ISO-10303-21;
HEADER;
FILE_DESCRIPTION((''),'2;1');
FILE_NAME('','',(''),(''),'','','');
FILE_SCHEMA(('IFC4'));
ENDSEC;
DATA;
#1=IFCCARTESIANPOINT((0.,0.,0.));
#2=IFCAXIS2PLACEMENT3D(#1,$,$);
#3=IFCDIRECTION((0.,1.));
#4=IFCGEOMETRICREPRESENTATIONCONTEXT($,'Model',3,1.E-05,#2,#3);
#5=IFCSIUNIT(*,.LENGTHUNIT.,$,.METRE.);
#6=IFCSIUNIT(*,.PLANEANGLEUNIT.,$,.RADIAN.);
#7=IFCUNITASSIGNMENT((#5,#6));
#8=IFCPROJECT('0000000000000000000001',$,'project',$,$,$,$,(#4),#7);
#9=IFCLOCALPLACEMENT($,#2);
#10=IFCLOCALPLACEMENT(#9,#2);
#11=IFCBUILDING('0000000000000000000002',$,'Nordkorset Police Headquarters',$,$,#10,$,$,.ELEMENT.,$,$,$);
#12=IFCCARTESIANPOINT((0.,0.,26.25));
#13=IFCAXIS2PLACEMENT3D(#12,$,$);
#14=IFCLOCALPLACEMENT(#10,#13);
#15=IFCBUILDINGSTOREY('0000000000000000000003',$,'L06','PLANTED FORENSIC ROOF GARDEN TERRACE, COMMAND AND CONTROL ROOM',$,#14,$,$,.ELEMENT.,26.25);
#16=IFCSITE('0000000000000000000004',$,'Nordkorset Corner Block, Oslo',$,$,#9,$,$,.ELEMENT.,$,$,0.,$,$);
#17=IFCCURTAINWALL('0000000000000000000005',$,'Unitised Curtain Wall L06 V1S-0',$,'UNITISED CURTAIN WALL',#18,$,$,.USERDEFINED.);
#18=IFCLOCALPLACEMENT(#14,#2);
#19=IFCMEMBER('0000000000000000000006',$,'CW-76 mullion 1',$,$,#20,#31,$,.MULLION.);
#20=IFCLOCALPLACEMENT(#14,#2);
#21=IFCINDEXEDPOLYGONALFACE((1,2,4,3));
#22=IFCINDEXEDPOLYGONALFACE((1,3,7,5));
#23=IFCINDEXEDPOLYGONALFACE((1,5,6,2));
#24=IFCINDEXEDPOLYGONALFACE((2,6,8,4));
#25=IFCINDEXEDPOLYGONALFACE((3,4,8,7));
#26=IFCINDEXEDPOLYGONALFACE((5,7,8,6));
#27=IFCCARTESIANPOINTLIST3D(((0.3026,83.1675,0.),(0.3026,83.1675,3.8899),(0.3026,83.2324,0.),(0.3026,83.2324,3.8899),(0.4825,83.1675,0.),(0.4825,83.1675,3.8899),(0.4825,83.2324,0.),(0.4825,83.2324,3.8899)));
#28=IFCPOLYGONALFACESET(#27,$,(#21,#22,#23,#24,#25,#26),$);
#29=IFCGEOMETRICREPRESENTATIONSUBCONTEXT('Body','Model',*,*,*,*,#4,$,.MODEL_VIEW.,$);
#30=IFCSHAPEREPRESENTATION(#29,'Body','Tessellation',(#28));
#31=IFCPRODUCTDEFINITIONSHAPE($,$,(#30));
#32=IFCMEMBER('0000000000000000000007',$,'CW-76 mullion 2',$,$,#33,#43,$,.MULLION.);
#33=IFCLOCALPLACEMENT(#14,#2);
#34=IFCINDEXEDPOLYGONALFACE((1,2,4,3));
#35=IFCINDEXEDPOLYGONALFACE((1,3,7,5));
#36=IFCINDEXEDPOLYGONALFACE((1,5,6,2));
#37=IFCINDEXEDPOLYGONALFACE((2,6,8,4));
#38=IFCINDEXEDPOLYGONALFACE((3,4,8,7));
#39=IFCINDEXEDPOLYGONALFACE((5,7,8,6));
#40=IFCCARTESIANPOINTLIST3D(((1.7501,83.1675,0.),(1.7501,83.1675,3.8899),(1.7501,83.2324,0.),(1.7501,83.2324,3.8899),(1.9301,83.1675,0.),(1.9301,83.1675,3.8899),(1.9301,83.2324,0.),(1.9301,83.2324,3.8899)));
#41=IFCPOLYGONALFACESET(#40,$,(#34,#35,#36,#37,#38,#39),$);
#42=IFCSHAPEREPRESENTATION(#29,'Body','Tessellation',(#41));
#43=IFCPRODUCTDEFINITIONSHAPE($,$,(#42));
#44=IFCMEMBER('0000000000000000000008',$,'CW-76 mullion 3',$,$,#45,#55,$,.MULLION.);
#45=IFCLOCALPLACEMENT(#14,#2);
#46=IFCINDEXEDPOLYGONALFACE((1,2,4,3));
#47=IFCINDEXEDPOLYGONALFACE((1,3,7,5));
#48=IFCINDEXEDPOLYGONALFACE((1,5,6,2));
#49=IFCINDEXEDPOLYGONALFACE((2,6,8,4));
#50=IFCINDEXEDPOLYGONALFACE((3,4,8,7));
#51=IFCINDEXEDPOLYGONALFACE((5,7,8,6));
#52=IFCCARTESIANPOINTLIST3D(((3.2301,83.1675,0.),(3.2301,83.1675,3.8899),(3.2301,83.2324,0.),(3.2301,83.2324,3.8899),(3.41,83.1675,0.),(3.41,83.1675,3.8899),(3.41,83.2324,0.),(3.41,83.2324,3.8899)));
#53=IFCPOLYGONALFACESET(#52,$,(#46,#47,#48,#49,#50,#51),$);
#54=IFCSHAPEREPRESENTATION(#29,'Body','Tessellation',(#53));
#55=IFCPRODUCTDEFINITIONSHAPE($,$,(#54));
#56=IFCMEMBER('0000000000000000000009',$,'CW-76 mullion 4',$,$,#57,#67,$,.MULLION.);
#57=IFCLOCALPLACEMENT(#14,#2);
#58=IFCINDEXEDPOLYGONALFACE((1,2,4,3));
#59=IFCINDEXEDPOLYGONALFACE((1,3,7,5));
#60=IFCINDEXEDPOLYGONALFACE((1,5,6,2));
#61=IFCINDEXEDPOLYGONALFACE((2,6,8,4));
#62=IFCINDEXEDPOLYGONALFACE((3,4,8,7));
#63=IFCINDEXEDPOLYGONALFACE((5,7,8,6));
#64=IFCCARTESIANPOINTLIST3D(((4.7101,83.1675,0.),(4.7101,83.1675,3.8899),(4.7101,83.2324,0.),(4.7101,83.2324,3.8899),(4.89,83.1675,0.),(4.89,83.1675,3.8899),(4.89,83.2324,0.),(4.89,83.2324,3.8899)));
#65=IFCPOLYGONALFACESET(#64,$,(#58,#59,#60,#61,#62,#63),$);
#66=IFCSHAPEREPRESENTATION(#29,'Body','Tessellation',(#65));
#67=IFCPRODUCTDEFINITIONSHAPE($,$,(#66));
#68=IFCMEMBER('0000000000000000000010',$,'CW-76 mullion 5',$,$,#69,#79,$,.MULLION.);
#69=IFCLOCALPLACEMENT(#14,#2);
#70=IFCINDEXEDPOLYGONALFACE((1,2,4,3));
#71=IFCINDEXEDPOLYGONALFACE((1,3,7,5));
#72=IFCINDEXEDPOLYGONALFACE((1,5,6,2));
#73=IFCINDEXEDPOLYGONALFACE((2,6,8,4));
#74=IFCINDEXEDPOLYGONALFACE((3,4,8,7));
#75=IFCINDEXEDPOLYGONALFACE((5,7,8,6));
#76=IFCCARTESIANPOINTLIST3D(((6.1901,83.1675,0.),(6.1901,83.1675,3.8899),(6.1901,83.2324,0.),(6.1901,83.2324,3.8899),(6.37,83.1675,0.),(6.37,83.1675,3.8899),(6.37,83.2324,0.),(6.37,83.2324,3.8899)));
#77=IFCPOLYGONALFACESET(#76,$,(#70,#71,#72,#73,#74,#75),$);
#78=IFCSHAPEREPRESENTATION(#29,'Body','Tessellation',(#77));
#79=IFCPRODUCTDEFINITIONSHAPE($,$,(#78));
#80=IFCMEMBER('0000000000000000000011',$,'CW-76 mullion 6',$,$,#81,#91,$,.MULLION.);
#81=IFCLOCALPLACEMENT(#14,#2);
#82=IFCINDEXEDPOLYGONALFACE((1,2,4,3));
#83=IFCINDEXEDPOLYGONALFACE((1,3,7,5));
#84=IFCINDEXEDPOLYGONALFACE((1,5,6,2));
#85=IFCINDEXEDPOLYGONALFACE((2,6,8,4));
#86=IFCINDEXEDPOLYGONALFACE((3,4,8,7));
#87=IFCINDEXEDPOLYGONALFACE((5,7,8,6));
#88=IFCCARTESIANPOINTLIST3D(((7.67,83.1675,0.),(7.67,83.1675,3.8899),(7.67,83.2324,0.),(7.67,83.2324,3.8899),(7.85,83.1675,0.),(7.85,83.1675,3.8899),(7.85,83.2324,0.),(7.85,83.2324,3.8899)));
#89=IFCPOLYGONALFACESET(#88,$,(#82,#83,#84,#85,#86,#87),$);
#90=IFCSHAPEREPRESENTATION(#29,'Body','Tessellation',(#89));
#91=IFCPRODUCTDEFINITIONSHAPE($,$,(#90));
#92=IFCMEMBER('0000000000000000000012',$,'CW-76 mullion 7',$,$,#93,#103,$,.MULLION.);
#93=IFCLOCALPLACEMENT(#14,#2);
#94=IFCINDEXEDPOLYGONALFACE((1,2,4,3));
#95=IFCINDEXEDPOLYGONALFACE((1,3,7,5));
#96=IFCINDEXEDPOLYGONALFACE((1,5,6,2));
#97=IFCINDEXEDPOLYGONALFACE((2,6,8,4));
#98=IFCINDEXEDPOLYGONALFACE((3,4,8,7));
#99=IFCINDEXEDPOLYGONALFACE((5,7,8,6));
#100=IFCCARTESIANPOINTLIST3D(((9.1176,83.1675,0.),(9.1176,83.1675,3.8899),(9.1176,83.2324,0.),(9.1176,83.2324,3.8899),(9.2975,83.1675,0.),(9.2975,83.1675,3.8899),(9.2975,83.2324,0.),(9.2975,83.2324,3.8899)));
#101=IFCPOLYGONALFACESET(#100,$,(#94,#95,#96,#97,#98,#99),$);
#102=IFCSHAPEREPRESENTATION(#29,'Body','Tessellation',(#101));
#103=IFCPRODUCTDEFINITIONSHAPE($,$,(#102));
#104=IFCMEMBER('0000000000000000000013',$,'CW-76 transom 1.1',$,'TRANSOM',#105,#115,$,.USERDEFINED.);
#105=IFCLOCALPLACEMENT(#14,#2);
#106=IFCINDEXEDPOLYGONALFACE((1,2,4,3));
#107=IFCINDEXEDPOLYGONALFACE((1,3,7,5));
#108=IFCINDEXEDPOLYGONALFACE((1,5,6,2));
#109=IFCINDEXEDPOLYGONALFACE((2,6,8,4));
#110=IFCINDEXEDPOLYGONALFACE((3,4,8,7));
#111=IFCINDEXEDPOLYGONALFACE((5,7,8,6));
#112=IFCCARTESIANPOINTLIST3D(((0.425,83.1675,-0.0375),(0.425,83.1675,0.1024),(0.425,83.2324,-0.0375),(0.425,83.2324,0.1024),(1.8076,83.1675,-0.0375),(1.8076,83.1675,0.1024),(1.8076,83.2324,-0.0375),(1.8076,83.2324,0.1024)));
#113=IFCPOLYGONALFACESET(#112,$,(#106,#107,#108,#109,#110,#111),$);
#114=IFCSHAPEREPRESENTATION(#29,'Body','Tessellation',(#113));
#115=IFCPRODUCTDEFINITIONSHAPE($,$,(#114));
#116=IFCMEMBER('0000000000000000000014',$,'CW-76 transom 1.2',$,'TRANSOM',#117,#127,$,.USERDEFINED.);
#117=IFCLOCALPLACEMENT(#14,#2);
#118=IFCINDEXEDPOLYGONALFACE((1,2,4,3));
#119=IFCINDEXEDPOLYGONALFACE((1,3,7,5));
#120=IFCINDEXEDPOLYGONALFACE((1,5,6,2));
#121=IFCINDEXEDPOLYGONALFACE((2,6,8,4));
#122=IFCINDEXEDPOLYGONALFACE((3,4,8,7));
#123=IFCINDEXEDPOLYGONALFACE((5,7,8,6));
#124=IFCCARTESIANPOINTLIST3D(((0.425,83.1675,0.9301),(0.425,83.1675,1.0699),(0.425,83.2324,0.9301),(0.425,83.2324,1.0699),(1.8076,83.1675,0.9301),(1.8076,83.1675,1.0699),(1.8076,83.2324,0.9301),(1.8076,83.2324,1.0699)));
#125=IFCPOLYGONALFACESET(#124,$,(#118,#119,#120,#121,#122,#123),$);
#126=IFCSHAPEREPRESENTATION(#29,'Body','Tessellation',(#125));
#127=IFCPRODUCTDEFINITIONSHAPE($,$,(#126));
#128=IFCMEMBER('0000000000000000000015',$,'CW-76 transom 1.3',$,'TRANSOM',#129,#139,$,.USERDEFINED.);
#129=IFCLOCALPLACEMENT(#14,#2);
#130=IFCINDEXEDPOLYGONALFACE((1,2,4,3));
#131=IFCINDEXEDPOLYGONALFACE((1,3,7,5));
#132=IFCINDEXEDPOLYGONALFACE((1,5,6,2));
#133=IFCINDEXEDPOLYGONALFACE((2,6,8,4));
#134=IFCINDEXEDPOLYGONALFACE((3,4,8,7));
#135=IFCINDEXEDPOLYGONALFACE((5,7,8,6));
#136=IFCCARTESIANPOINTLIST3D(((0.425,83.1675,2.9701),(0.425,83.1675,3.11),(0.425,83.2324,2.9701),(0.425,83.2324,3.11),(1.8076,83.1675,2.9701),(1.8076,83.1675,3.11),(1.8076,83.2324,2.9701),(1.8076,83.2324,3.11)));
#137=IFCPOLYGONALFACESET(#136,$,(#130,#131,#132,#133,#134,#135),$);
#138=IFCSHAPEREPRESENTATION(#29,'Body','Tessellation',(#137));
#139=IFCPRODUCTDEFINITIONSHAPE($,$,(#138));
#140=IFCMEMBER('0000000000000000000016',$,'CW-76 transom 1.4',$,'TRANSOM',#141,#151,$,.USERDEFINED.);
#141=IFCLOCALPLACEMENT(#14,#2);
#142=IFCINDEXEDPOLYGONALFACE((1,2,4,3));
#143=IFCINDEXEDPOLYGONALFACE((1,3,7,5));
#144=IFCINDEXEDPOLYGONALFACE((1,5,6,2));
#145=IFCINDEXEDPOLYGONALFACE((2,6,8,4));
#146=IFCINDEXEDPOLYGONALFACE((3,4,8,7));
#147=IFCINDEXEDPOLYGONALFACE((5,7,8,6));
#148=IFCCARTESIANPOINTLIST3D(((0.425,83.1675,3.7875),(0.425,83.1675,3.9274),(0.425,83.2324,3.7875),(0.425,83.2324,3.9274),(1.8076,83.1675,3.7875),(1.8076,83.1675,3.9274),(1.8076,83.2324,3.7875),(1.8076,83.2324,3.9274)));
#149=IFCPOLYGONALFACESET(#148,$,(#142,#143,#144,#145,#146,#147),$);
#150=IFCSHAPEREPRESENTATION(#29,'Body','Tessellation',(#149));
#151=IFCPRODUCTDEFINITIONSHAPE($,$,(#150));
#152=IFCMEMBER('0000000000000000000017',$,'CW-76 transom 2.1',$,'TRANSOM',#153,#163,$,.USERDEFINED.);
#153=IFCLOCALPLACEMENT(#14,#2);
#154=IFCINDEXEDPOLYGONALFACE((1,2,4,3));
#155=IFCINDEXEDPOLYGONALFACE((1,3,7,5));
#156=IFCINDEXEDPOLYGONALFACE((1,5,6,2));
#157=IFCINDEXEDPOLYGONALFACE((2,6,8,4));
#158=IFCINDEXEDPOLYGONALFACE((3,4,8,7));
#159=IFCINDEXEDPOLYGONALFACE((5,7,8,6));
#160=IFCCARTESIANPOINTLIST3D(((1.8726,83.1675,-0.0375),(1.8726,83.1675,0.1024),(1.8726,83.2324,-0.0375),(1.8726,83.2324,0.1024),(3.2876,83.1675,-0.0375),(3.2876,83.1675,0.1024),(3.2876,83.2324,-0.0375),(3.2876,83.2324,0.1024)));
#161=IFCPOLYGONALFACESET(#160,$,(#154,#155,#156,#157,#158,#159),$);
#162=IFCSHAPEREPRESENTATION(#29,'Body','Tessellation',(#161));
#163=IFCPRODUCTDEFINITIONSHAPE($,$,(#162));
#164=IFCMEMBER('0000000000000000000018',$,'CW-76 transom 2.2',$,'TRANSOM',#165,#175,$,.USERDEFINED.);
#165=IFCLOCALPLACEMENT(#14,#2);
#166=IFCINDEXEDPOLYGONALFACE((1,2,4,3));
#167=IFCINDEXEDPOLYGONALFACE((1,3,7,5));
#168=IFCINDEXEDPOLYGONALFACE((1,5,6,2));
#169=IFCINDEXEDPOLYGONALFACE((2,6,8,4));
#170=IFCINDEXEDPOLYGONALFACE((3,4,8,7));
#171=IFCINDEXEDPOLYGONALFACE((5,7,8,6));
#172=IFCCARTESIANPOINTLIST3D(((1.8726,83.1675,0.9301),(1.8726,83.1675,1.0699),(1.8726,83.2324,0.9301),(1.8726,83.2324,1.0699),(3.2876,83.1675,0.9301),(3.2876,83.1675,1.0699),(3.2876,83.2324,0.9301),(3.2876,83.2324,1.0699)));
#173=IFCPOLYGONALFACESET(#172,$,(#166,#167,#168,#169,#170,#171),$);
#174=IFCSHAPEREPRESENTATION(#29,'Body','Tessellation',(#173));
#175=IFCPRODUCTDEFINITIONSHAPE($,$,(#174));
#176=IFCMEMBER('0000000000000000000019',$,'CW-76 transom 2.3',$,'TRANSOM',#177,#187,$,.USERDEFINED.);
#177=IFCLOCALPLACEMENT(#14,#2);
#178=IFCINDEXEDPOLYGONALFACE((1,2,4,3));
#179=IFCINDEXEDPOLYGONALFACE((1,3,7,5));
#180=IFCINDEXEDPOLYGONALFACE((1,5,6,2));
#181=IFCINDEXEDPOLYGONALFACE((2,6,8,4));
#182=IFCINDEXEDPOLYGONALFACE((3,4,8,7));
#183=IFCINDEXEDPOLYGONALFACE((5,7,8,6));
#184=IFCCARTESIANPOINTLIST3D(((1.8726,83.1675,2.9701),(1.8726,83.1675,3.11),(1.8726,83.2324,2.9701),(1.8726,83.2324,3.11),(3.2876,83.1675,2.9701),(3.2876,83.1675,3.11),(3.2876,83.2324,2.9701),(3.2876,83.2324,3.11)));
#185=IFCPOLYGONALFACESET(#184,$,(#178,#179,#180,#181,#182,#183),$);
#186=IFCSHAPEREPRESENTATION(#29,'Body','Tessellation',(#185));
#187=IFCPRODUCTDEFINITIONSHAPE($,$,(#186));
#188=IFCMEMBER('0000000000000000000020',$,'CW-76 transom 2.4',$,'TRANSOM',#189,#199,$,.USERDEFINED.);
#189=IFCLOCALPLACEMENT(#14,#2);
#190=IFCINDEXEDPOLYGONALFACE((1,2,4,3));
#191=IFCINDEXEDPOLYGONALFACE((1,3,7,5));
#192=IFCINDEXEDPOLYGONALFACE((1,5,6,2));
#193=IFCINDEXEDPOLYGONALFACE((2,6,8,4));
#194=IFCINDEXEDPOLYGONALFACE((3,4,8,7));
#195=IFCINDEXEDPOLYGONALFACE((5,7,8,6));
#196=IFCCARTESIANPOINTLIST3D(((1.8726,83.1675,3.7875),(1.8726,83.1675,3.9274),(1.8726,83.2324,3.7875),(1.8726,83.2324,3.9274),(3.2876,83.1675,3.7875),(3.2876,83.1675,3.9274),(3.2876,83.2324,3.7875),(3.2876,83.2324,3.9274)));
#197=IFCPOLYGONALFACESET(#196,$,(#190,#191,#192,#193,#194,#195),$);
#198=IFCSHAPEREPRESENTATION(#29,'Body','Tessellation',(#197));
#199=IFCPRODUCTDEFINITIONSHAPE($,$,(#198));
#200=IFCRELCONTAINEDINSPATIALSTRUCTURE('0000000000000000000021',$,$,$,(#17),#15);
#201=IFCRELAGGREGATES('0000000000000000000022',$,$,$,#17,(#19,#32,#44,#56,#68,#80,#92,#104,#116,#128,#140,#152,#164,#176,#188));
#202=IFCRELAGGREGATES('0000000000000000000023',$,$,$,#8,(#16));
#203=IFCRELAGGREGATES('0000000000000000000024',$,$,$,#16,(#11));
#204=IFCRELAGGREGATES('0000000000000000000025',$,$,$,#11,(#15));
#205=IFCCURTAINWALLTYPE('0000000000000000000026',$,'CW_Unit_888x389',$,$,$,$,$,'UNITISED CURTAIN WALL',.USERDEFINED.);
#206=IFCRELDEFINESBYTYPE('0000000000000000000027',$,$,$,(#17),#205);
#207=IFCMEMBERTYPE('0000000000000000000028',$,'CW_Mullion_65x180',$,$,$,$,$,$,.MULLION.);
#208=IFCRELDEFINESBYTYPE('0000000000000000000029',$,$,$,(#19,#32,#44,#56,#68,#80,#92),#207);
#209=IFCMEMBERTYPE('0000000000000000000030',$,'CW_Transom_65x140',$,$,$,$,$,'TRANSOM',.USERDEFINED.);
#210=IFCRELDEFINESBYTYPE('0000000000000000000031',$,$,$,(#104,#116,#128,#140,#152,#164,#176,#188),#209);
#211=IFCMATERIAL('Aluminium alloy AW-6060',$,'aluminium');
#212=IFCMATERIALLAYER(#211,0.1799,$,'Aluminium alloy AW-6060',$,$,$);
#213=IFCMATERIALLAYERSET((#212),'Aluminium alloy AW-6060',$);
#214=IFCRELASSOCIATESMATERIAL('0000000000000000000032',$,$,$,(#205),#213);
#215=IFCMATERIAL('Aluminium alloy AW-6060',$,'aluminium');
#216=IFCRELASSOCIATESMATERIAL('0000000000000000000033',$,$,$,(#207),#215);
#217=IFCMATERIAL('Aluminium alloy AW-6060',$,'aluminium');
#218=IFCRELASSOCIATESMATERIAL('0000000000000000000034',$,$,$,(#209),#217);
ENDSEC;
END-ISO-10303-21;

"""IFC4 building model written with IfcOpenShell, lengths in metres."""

from ifc_helpers import new_model, si_unit, direction, frame, origin, origin_2d, place, context, subcontext, project, spatial, rectangle, extrude, material, layer, layer_set, material_profile, profile_set, type_object, element, aggregate, save


model = new_model("IFC4")

# Units and contexts
model_context = context("Model", 3, precision=1e-05, world=origin(), true_north=direction((0.0, 1.0)))
body_context = subcontext(model_context, "Body", "Model", "MODEL_VIEW")
ifc_project = project(units=[si_unit("LENGTHUNIT", "METRE"), si_unit("PLANEANGLEUNIT", "RADIAN")], contexts=[model_context])

# Site, building, storey
site_placement = place(None, origin())
site = spatial("IfcSite", under=ifc_project, at=site_placement, Name="Nordkorset Corner Block, Oslo", CompositionType="ELEMENT", RefElevation=0.0)
building_placement = place(site_placement, origin())
building = spatial("IfcBuilding", under=site, at=building_placement, Name="Nordkorset Police Headquarters", CompositionType="ELEMENT")
storey_placement = place(building_placement, frame((0.0, 0.0, 26.25)))
storey = spatial("IfcBuildingStorey", under=building, at=storey_placement, Name="L06", Description="PLANTED FORENSIC ROOF GARDEN TERRACE, COMMAND AND CONTROL ROOM", CompositionType="ELEMENT", Elevation=26.25)

# Curtain wall, members
ifc_material_1 = material(Name="Aluminium alloy AW-6060", Category="aluminium")
ifc_layer_1 = layer(ifc_material_1, 0.1799, Name="Aluminium alloy AW-6060")
ifc_layer_set_1 = layer_set([ifc_layer_1], Name="Aluminium alloy AW-6060")
curtain_wall_type = type_object("IfcCurtainWallType", Name="CW_Unit_888x389", ElementType="UNITISED CURTAIN WALL", PredefinedType="USERDEFINED", material=ifc_layer_set_1)
curtain_wall_placement = place(storey_placement, origin())
curtain_wall = element("IfcCurtainWall", 1, at=curtain_wall_placement, inside=storey, type_object=curtain_wall_type, Name="Unitised Curtain Wall L06 V1S-0", ObjectType="UNITISED CURTAIN WALL", PredefinedType="USERDEFINED")
ifc_material_2 = material(Name="Aluminium alloy AW-6060", Category="aluminium")
ifc_material_profile_1 = material_profile(ifc_material_2, rectangle(XDim=0.0649, YDim=0.1799, at=origin_2d()), Name="ALU MULL 65x180")
ifc_profile_set_1 = profile_set([ifc_material_profile_1], Name="Aluminium alloy AW-6060")
member_type_1 = type_object("IfcMemberType", Name="CW_Mullion_65x180", PredefinedType="MULLION", material=ifc_profile_set_1)
member_1_placement = place(storey_placement, frame((0.3926, 83.2, 0.0), z_axis=(0.0, 0.0, 1.0), x_axis=(0.0, 1.0, 0.0)))
member_1 = element("IfcMember", 2, at=member_1_placement, type_object=member_type_1, Name="CW-76 mullion 1", PredefinedType="MULLION", context=body_context, shape_type="SweptSolid", body=[
    extrude(rectangle(XDim=0.0649, YDim=0.1799, at=origin_2d()), origin(), (0.0, 0.0, 1.0), 3.8899),
])
member_2_placement = place(storey_placement, frame((1.8401, 83.2, 0.0), z_axis=(0.0, 0.0, 1.0), x_axis=(0.0, 1.0, 0.0)))
member_2 = element("IfcMember", 3, at=member_2_placement, type_object=member_type_1, Name="CW-76 mullion 2", PredefinedType="MULLION", context=body_context, shape_type="SweptSolid", body=[
    extrude(rectangle(XDim=0.0649, YDim=0.1799, at=origin_2d()), origin(), (0.0, 0.0, 1.0), 3.8899),
])
member_3_placement = place(storey_placement, frame((3.3201, 83.2, 0.0), z_axis=(0.0, 0.0, 1.0), x_axis=(0.0, 1.0, 0.0)))
member_3 = element("IfcMember", 4, at=member_3_placement, type_object=member_type_1, Name="CW-76 mullion 3", PredefinedType="MULLION", context=body_context, shape_type="SweptSolid", body=[
    extrude(rectangle(XDim=0.0649, YDim=0.1799, at=origin_2d()), origin(), (0.0, 0.0, 1.0), 3.8899),
])
member_4_placement = place(storey_placement, frame((4.8, 83.2, 0.0), z_axis=(0.0, 0.0, 1.0), x_axis=(0.0, 1.0, 0.0)))
member_4 = element("IfcMember", 5, at=member_4_placement, type_object=member_type_1, Name="CW-76 mullion 4", PredefinedType="MULLION", context=body_context, shape_type="SweptSolid", body=[
    extrude(rectangle(XDim=0.0649, YDim=0.1799, at=origin_2d()), origin(), (0.0, 0.0, 1.0), 3.8899),
])
member_5_placement = place(storey_placement, frame((6.28, 83.2, 0.0), z_axis=(0.0, 0.0, 1.0), x_axis=(0.0, 1.0, 0.0)))
member_5 = element("IfcMember", 6, at=member_5_placement, type_object=member_type_1, Name="CW-76 mullion 5", PredefinedType="MULLION", context=body_context, shape_type="SweptSolid", body=[
    extrude(rectangle(XDim=0.0649, YDim=0.1799, at=origin_2d()), origin(), (0.0, 0.0, 1.0), 3.8899),
])
member_6_placement = place(storey_placement, frame((7.76, 83.2, 0.0), z_axis=(0.0, 0.0, 1.0), x_axis=(0.0, 1.0, 0.0)))
member_6 = element("IfcMember", 7, at=member_6_placement, type_object=member_type_1, Name="CW-76 mullion 6", PredefinedType="MULLION", context=body_context, shape_type="SweptSolid", body=[
    extrude(rectangle(XDim=0.0649, YDim=0.1799, at=origin_2d()), origin(), (0.0, 0.0, 1.0), 3.8899),
])
member_7_placement = place(storey_placement, frame((9.2075, 83.2, 0.0), z_axis=(0.0, 0.0, 1.0), x_axis=(0.0, 1.0, 0.0)))
member_7 = element("IfcMember", 8, at=member_7_placement, type_object=member_type_1, Name="CW-76 mullion 7", PredefinedType="MULLION", context=body_context, shape_type="SweptSolid", body=[
    extrude(rectangle(XDim=0.0649, YDim=0.1799, at=origin_2d()), origin(), (0.0, 0.0, 1.0), 3.8899),
])
ifc_material_3 = material(Name="Aluminium alloy AW-6060", Category="aluminium")
ifc_material_profile_2 = material_profile(ifc_material_3, rectangle(XDim=0.0649, YDim=0.1399, at=origin_2d()), Name="ALU TRAN 65x140")
ifc_profile_set_2 = profile_set([ifc_material_profile_2], Name="Aluminium alloy AW-6060")
member_type_2 = type_object("IfcMemberType", Name="CW_Transom_65x140", ElementType="TRANSOM", PredefinedType="USERDEFINED", material=ifc_profile_set_2)
member_8_placement = place(storey_placement, frame((0.425, 83.2, 0.0325), z_axis=(1.0, 0.0, 0.0), x_axis=(0.0, 1.0, 0.0)))
member_8 = element("IfcMember", 9, at=member_8_placement, type_object=member_type_2, Name="CW-76 transom 1.1", ObjectType="TRANSOM", PredefinedType="USERDEFINED", context=body_context, shape_type="SweptSolid", body=[
    extrude(rectangle(XDim=0.0649, YDim=0.1399, at=origin_2d()), origin(), (0.0, 0.0, 1.0), 1.3826),
])
member_9_placement = place(storey_placement, frame((0.425, 83.2, 1.0), z_axis=(1.0, 0.0, 0.0), x_axis=(0.0, 1.0, 0.0)))
member_9 = element("IfcMember", 10, at=member_9_placement, type_object=member_type_2, Name="CW-76 transom 1.2", ObjectType="TRANSOM", PredefinedType="USERDEFINED", context=body_context, shape_type="SweptSolid", body=[
    extrude(rectangle(XDim=0.0649, YDim=0.1399, at=origin_2d()), origin(), (0.0, 0.0, 1.0), 1.3826),
])
member_10_placement = place(storey_placement, frame((0.425, 83.2, 3.04), z_axis=(1.0, 0.0, 0.0), x_axis=(0.0, 1.0, 0.0)))
member_10 = element("IfcMember", 11, at=member_10_placement, type_object=member_type_2, Name="CW-76 transom 1.3", ObjectType="TRANSOM", PredefinedType="USERDEFINED", context=body_context, shape_type="SweptSolid", body=[
    extrude(rectangle(XDim=0.0649, YDim=0.1399, at=origin_2d()), origin(), (0.0, 0.0, 1.0), 1.3826),
])
member_11_placement = place(storey_placement, frame((0.425, 83.2, 3.8574), z_axis=(1.0, 0.0, 0.0), x_axis=(0.0, 1.0, 0.0)))
member_11 = element("IfcMember", 12, at=member_11_placement, type_object=member_type_2, Name="CW-76 transom 1.4", ObjectType="TRANSOM", PredefinedType="USERDEFINED", context=body_context, shape_type="SweptSolid", body=[
    extrude(rectangle(XDim=0.0649, YDim=0.1399, at=origin_2d()), origin(), (0.0, 0.0, 1.0), 1.3826),
])
member_12_placement = place(storey_placement, frame((1.8726, 83.2, 0.0325), z_axis=(1.0, 0.0, 0.0), x_axis=(0.0, 1.0, 0.0)))
member_12 = element("IfcMember", 13, at=member_12_placement, type_object=member_type_2, Name="CW-76 transom 2.1", ObjectType="TRANSOM", PredefinedType="USERDEFINED", context=body_context, shape_type="SweptSolid", body=[
    extrude(rectangle(XDim=0.0649, YDim=0.1399, at=origin_2d()), origin(), (0.0, 0.0, 1.0), 1.415),
])
member_13_placement = place(storey_placement, frame((1.8726, 83.2, 1.0), z_axis=(1.0, 0.0, 0.0), x_axis=(0.0, 1.0, 0.0)))
member_13 = element("IfcMember", 14, at=member_13_placement, type_object=member_type_2, Name="CW-76 transom 2.2", ObjectType="TRANSOM", PredefinedType="USERDEFINED", context=body_context, shape_type="SweptSolid", body=[
    extrude(rectangle(XDim=0.0649, YDim=0.1399, at=origin_2d()), origin(), (0.0, 0.0, 1.0), 1.415),
])
member_14_placement = place(storey_placement, frame((1.8726, 83.2, 3.04), z_axis=(1.0, 0.0, 0.0), x_axis=(0.0, 1.0, 0.0)))
member_14 = element("IfcMember", 15, at=member_14_placement, type_object=member_type_2, Name="CW-76 transom 2.3", ObjectType="TRANSOM", PredefinedType="USERDEFINED", context=body_context, shape_type="SweptSolid", body=[
    extrude(rectangle(XDim=0.0649, YDim=0.1399, at=origin_2d()), origin(), (0.0, 0.0, 1.0), 1.415),
])
member_15_placement = place(storey_placement, frame((1.8726, 83.2, 3.8574), z_axis=(1.0, 0.0, 0.0), x_axis=(0.0, 1.0, 0.0)))
member_15 = element("IfcMember", 16, at=member_15_placement, type_object=member_type_2, Name="CW-76 transom 2.4", ObjectType="TRANSOM", PredefinedType="USERDEFINED", context=body_context, shape_type="SweptSolid", body=[
    extrude(rectangle(XDim=0.0649, YDim=0.1399, at=origin_2d()), origin(), (0.0, 0.0, 1.0), 1.415),
])
aggregate(curtain_wall, [member_1, member_2, member_3, member_4, member_5, member_6, member_7, member_8, member_9, member_10, member_11, member_12, member_13, member_14, member_15])

save(model, "model.ifc")
